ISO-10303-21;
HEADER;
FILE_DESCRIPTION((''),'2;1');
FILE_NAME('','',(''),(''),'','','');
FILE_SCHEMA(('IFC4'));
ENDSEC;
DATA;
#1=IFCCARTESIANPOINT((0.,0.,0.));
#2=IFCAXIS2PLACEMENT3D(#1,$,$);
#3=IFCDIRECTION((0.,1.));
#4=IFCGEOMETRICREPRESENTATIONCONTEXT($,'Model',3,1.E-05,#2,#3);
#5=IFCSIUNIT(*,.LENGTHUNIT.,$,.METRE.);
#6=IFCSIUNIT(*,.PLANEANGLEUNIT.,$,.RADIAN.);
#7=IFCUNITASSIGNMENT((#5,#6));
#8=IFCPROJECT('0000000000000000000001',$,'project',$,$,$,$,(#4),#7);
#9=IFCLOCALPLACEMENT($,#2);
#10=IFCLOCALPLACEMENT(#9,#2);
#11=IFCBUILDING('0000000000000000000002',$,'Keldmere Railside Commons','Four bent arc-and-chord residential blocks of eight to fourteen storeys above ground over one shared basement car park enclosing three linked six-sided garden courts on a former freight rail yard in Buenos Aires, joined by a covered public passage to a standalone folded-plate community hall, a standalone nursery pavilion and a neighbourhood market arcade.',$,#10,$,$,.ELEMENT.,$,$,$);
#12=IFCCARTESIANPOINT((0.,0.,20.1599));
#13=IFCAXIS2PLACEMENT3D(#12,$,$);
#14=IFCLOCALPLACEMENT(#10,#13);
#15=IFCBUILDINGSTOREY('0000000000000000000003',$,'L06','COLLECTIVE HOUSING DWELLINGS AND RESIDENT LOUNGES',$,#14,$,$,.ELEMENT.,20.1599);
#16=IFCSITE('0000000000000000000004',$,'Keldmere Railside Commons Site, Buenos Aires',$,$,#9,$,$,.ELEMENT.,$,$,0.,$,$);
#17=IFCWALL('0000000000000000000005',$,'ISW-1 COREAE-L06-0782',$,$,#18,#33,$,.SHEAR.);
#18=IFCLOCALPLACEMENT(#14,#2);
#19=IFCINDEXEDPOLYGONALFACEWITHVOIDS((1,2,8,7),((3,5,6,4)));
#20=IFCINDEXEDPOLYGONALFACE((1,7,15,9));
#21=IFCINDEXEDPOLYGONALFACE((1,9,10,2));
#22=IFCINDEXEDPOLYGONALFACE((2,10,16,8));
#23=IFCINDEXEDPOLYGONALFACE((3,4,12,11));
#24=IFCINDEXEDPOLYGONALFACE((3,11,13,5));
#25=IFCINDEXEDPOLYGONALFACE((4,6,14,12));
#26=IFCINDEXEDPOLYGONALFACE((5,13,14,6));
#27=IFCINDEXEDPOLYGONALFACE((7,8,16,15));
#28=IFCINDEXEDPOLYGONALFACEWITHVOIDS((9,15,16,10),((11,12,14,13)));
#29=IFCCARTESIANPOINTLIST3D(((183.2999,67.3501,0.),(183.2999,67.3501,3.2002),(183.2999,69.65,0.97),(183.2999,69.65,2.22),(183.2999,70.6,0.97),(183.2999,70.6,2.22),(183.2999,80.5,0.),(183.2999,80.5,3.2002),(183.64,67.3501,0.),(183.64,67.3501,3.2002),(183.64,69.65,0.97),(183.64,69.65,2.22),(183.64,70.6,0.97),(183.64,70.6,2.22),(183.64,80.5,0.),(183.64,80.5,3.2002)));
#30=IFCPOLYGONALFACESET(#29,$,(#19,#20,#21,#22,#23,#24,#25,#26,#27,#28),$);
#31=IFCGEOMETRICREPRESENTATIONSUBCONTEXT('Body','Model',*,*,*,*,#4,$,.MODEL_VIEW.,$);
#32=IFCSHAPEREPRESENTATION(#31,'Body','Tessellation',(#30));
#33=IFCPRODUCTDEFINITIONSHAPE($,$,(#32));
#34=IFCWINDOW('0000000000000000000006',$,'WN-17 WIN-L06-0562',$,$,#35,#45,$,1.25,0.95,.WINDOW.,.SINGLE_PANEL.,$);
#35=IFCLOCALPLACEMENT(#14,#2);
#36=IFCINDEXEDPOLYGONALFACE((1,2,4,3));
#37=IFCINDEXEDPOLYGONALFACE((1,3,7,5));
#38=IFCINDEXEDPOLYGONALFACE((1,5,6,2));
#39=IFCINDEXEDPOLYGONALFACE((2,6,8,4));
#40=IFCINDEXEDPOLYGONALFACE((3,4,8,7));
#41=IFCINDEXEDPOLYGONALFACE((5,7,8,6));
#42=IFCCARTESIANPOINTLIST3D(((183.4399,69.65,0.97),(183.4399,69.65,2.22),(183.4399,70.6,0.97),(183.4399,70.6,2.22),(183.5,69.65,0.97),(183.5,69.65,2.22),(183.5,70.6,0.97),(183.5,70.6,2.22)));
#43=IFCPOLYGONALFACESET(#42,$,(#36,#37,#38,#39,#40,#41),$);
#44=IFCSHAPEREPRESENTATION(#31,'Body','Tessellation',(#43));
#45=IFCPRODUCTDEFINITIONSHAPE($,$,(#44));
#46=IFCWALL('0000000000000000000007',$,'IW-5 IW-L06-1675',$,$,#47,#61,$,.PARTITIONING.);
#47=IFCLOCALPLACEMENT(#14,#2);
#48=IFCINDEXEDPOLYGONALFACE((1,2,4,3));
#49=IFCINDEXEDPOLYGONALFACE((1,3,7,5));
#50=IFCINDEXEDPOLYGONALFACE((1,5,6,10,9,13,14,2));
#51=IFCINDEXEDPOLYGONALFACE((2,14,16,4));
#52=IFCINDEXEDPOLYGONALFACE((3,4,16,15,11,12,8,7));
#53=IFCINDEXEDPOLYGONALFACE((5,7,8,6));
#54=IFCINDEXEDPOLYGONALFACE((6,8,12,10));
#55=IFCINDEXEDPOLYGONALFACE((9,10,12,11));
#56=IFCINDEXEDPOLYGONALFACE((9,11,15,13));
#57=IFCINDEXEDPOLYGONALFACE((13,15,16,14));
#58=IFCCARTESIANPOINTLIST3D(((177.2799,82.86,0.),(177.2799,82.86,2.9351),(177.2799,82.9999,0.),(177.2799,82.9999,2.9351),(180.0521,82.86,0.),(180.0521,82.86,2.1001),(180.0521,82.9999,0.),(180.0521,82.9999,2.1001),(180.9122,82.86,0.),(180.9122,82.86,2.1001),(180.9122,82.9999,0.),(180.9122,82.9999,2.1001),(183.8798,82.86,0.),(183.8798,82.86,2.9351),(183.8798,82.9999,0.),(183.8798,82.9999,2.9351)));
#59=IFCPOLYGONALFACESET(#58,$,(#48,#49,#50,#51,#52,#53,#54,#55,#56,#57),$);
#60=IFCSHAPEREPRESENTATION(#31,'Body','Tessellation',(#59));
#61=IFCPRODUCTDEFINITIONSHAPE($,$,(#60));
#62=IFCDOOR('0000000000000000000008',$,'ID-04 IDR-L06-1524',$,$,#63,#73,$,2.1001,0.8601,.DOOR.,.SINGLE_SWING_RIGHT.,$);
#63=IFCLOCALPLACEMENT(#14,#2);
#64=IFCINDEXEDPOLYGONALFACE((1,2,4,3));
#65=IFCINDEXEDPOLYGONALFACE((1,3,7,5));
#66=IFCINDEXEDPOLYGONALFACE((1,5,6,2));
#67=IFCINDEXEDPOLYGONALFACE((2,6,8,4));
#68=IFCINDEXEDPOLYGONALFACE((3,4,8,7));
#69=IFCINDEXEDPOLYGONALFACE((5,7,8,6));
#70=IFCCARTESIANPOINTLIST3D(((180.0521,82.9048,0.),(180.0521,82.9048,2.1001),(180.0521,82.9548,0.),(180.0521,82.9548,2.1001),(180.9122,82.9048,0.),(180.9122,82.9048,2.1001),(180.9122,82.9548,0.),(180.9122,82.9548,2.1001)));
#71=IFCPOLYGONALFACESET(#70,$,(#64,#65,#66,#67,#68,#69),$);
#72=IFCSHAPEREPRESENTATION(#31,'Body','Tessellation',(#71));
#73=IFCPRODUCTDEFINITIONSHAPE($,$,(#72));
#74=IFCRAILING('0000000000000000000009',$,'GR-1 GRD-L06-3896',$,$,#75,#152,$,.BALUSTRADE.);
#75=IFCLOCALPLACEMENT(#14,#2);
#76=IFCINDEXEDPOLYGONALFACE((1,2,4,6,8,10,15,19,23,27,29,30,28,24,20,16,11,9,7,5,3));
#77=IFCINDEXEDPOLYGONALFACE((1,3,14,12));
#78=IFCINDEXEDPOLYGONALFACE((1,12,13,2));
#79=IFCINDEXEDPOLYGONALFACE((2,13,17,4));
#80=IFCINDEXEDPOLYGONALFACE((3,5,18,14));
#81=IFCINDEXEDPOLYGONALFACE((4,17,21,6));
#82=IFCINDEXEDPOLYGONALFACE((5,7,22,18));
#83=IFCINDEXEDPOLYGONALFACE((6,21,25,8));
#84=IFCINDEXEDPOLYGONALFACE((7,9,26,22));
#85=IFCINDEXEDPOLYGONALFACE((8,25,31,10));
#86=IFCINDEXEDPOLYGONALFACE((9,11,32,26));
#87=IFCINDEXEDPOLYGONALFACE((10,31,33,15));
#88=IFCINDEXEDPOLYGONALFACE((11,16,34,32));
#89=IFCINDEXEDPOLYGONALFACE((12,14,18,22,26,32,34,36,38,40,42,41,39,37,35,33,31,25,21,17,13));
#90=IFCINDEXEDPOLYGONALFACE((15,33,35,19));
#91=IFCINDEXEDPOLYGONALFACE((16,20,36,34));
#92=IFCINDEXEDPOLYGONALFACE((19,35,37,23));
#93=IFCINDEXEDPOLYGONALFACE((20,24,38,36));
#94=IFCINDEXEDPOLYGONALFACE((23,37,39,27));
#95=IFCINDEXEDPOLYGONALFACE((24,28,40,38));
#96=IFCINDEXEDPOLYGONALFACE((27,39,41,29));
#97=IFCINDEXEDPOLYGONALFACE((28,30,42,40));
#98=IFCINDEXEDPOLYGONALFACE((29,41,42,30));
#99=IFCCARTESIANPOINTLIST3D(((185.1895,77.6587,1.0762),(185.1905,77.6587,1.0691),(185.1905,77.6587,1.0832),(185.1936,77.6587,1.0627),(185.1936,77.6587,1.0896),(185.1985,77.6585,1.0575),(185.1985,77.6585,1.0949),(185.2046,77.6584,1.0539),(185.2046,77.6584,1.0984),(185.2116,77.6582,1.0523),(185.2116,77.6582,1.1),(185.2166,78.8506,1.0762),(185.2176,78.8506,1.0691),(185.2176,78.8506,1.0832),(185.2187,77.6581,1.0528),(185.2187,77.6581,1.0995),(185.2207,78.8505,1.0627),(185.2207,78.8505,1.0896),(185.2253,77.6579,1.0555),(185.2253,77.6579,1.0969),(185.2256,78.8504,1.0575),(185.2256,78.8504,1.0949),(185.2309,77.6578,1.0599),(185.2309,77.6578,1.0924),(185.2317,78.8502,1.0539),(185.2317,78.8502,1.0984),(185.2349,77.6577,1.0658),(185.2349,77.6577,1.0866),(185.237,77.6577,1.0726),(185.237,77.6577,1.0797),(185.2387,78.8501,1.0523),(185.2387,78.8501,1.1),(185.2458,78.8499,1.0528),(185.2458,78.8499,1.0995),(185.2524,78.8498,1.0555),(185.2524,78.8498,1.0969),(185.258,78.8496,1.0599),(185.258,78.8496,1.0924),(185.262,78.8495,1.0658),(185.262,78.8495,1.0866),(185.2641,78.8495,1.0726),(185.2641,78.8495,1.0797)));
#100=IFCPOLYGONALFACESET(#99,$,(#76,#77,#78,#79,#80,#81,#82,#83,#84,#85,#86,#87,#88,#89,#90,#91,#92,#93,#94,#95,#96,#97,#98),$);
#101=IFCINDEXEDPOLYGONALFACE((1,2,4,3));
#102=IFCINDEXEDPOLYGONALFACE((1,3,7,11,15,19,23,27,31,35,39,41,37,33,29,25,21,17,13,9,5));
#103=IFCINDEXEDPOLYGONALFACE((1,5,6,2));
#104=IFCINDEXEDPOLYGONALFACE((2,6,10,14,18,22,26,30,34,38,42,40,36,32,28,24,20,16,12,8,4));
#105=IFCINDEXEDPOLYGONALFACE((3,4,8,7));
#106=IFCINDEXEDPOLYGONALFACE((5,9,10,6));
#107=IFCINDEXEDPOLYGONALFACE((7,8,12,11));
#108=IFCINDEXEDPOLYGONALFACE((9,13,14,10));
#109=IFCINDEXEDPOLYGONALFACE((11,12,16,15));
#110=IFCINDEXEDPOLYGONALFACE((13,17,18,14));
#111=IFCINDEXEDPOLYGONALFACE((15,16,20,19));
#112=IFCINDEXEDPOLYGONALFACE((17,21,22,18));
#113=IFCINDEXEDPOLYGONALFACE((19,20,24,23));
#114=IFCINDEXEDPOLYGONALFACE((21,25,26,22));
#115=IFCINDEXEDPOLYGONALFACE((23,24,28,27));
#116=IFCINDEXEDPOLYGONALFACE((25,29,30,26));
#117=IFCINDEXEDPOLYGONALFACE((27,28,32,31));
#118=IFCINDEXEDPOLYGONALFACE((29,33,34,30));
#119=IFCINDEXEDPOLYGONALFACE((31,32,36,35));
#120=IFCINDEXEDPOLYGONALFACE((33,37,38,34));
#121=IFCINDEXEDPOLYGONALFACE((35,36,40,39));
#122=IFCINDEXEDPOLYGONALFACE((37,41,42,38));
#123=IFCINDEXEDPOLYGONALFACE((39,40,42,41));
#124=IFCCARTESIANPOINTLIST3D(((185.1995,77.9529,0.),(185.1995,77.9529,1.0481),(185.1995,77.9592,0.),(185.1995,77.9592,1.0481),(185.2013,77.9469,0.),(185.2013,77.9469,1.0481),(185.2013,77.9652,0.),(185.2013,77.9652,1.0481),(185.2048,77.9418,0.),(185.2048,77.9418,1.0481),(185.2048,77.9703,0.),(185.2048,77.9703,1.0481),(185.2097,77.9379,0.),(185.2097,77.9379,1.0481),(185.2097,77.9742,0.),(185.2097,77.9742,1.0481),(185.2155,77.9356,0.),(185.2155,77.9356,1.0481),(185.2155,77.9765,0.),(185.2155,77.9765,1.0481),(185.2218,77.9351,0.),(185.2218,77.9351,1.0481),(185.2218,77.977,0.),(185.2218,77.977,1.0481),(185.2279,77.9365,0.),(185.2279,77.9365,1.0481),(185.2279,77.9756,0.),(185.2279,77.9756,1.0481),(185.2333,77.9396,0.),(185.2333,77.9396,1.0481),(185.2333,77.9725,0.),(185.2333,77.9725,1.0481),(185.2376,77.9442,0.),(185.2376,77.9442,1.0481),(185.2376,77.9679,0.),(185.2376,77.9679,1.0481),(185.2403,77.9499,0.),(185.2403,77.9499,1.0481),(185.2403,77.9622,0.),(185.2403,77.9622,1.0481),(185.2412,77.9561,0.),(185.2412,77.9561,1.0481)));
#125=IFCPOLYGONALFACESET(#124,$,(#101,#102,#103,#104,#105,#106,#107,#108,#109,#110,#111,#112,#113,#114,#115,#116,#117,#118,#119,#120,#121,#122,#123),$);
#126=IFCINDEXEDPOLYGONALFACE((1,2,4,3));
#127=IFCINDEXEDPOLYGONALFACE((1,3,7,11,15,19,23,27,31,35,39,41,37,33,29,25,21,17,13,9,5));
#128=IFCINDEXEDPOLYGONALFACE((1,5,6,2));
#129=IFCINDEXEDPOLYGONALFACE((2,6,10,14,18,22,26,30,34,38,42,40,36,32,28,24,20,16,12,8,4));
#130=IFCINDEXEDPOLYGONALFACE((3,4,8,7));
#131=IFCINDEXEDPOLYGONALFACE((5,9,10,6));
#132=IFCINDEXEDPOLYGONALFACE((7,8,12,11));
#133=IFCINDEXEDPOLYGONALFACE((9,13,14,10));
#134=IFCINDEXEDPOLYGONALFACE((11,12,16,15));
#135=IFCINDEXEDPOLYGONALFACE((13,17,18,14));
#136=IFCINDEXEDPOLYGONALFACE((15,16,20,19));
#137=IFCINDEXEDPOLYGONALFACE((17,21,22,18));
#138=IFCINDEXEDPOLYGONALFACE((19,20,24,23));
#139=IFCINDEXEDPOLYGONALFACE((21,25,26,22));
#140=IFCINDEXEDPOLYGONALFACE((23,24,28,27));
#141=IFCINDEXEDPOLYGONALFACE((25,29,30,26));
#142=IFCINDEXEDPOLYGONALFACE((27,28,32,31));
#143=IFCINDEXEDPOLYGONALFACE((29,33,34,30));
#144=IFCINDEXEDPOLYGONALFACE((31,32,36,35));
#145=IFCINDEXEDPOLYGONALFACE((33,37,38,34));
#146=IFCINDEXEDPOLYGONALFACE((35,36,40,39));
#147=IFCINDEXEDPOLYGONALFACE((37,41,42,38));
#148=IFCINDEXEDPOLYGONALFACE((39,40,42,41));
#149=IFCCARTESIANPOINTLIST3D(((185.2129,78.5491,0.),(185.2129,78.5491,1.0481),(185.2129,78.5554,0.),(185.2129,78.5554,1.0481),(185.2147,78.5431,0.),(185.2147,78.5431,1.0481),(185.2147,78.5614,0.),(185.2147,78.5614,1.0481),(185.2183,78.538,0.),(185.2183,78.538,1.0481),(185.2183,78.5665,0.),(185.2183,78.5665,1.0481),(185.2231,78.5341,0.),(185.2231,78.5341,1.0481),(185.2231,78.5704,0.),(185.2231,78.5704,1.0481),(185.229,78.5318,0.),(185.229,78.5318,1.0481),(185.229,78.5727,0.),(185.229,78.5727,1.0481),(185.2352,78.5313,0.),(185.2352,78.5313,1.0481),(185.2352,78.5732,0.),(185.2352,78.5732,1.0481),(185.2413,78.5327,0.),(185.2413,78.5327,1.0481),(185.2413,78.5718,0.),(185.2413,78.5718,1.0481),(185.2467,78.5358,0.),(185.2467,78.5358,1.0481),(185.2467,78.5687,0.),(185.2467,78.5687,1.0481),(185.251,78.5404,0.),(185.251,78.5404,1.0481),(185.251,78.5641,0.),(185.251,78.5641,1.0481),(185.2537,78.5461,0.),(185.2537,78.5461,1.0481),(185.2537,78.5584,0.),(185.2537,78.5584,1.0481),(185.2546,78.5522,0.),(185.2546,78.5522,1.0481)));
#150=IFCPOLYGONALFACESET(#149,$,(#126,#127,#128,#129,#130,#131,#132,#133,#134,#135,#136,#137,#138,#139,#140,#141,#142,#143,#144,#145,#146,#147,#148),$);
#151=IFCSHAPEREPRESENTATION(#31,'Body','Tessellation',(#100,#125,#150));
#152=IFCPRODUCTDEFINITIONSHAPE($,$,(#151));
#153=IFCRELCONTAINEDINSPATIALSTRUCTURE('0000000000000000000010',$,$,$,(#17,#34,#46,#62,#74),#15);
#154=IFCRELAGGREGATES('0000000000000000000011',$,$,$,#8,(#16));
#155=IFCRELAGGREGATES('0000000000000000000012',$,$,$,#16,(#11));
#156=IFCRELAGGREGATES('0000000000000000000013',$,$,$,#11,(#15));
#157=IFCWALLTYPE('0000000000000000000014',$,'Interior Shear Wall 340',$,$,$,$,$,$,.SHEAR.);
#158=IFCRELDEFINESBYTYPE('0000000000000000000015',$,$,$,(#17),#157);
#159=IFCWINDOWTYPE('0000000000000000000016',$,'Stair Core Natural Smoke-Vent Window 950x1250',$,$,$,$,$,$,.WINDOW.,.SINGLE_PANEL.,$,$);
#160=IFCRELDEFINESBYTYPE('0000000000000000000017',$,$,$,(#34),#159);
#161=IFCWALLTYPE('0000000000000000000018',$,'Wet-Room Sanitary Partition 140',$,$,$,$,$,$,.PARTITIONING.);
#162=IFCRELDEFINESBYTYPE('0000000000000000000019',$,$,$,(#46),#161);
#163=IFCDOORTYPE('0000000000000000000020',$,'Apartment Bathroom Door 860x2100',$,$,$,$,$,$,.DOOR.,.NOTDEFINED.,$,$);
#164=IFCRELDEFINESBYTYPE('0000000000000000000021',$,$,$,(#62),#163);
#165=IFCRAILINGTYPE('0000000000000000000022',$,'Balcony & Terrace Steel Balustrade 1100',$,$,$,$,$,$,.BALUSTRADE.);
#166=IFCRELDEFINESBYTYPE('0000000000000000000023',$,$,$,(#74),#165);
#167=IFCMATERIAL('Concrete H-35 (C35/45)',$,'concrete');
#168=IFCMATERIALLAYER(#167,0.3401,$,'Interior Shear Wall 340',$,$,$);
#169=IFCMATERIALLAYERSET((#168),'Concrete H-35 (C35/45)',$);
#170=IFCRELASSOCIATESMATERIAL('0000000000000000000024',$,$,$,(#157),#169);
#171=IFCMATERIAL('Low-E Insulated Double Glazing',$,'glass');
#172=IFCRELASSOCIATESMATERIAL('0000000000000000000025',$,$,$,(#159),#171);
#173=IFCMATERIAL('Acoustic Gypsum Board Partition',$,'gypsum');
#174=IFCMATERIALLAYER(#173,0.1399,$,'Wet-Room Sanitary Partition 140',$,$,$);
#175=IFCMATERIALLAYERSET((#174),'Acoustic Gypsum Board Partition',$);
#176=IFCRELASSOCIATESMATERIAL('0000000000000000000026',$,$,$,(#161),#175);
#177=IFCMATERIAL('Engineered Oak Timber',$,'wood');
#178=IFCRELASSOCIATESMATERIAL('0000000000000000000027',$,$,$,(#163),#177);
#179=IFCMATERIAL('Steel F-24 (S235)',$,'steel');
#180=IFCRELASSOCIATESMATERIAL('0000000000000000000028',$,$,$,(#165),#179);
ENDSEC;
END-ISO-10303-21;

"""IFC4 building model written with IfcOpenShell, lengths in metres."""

from ifc_helpers import new_model, si_unit, direction, frame, frame_2d, origin, origin_2d, place, context, subcontext, project, spatial, rectangle, circle, extrude, material, layer, layer_set, type_object, element, fill, save


model = new_model("IFC4")

# Units and contexts
model_context = context("Model", 3, precision=1e-05, world=origin(), true_north=direction((0.0, 1.0)))
body_context = subcontext(model_context, "Body", "Model", "MODEL_VIEW")
ifc_project = project(units=[si_unit("LENGTHUNIT", "METRE"), si_unit("PLANEANGLEUNIT", "RADIAN")], contexts=[model_context])

# Site, building, storey
site_placement = place(None, origin())
site = spatial("IfcSite", under=ifc_project, at=site_placement, Name="Keldmere Railside Commons Site, Buenos Aires", CompositionType="ELEMENT", RefElevation=0.0)
building_placement = place(site_placement, origin())
building = spatial("IfcBuilding", under=site, at=building_placement, Name="Keldmere Railside Commons", Description="Four bent arc-and-chord residential blocks of eight to fourteen storeys above ground over one shared basement car park enclosing three linked six-sided garden courts on a former freight rail yard in Buenos Aires, joined by a covered public passage to a standalone folded-plate community hall, a standalone nursery pavilion and a neighbourhood market arcade.", CompositionType="ELEMENT")
storey_placement = place(building_placement, frame((0.0, 0.0, 20.1599)))
storey = spatial("IfcBuildingStorey", under=building, at=storey_placement, Name="L06", Description="COLLECTIVE HOUSING DWELLINGS AND RESIDENT LOUNGES", CompositionType="ELEMENT", Elevation=20.1599)

# Shared definitions
ifc_material_1 = material(Name="Concrete H-35 (C35/45)", Category="concrete")

# Shared definitions
ifc_material_2 = material(Name="Acoustic Gypsum Board Partition", Category="gypsum")

# Shared definitions
ifc_material_3 = material(Name="Engineered Oak Timber", Category="wood")

# Wall, opening, window
ifc_layer_1 = layer(ifc_material_1, 0.3401, Name="Interior Shear Wall 340")
ifc_layer_set_1 = layer_set([ifc_layer_1], Name="Concrete H-35 (C35/45)")
wall_type_1 = type_object("IfcWallType", Name="Interior Shear Wall 340", PredefinedType="SHEAR", material=ifc_layer_set_1)
wall_1_placement = place(storey_placement, frame((183.47, 80.5, 0.0), z_axis=(0.0, 0.0, 1.0), x_axis=(0.0, -1.0, 0.0)))
wall_1 = element("IfcWall", 1, at=wall_1_placement, inside=storey, type_object=wall_type_1, Name="ISW-1 COREAE-L06-0782", PredefinedType="SHEAR", context=body_context, shape_type="SweptSolid", body=[
    extrude(rectangle(XDim=13.1499, YDim=0.3401, at=frame_2d((6.575, 0.0))), origin(), (0.0, 0.0, 1.0), 3.2002),
])
opening_1_placement = place(wall_1_placement, frame((9.8999, 0.0, 0.97)))
opening_1 = element("IfcOpeningElement", 2, at=opening_1_placement, cuts=wall_1, PredefinedType="OPENING", context=body_context, shape_type="SweptSolid", body=[
    extrude(rectangle(XDim=0.95, YDim=1.25, at=frame_2d((0.4751, 0.625))), frame((0.0, 0.1799, 0.0), z_axis=(0.0, -1.0, 0.0), x_axis=(1.0, 0.0, 0.0)), (0.0, 0.0, 1.0), 0.3601),
])
ifc_material_4 = material(Name="Low-E Insulated Double Glazing", Category="glass")
window_type = type_object("IfcWindowType", Name="Stair Core Natural Smoke-Vent Window 950x1250", PartitioningType="SINGLE_PANEL", PredefinedType="WINDOW", material=ifc_material_4)
window_placement = place(opening_1_placement, origin())
window = element("IfcWindow", 3, at=window_placement, inside=storey, type_object=window_type, Name="WN-17 WIN-L06-0562", OverallHeight=1.25, OverallWidth=0.95, PartitioningType="SINGLE_PANEL", PredefinedType="WINDOW", context=body_context, shape_type="SweptSolid", body=[
    extrude(rectangle(XDim=0.95, YDim=1.25, at=frame_2d((0.4751, 0.625))), frame((0.0, 0.03, 0.0), z_axis=(0.0, -1.0, 0.0), x_axis=(1.0, 0.0, 0.0)), (0.0, 0.0, 1.0), 0.0601),
])
fill(opening_1, window)

# Wall, opening, door
ifc_layer_2 = layer(ifc_material_2, 0.1399, Name="Wet-Room Sanitary Partition 140")
ifc_layer_set_2 = layer_set([ifc_layer_2], Name="Acoustic Gypsum Board Partition")
wall_type_2 = type_object("IfcWallType", Name="Wet-Room Sanitary Partition 140", PredefinedType="PARTITIONING", material=ifc_layer_set_2)
wall_2_placement = place(storey_placement, frame((177.28, 82.9299, 0.0), z_axis=(0.0, 0.0, 1.0), x_axis=(1.0, 0.0, 0.0)))
wall_2 = element("IfcWall", 4, at=wall_2_placement, inside=storey, type_object=wall_type_2, Name="IW-5 IW-L06-1675", PredefinedType="PARTITIONING", context=body_context, shape_type="SweptSolid", body=[
    extrude(rectangle(XDim=6.5999, YDim=0.1399, at=frame_2d((3.2998, 0.0))), origin(), (0.0, 0.0, 1.0), 2.9351),
])
opening_2_placement = place(wall_2_placement, frame((2.772, 0.0, 0.0)))
opening_2 = element("IfcOpeningElement", 5, at=opening_2_placement, cuts=wall_2, PredefinedType="OPENING", context=body_context, shape_type="SweptSolid", body=[
    extrude(rectangle(XDim=0.8601, YDim=2.1001, at=frame_2d((0.4302, 1.05))), frame((0.0, 0.0798, 0.0), z_axis=(0.0, -1.0, 0.0), x_axis=(1.0, 0.0, 0.0)), (0.0, 0.0, 1.0), 0.1599),
])
door_type_1 = type_object("IfcDoorType", Name="Apartment Bathroom Door 860x2100", OperationType="NOTDEFINED", PredefinedType="DOOR", material=ifc_material_3)
door_1_placement = place(opening_2_placement, origin())
door_1 = element("IfcDoor", 6, at=door_1_placement, inside=storey, type_object=door_type_1, Name="ID-04 IDR-L06-1524", OperationType="SINGLE_SWING_RIGHT", OverallHeight=2.1001, OverallWidth=0.8601, PredefinedType="DOOR", context=body_context, shape_type="SweptSolid", body=[
    extrude(rectangle(XDim=0.8601, YDim=2.1001, at=frame_2d((0.4302, 1.05))), frame((0.0, 0.0249, 0.0), z_axis=(0.0, -1.0, 0.0), x_axis=(1.0, 0.0, 0.0)), (0.0, 0.0, 1.0), 0.05),
])
fill(opening_2, door_1)

# Railing
ifc_material_5 = material(Name="Steel F-24 (S235)", Category="steel")
railing_type = type_object("IfcRailingType", Name="Balcony & Terrace Steel Balustrade 1100", PredefinedType="BALUSTRADE", material=ifc_material_5)
railing_1_placement = place(storey_placement, frame((185.2134, 77.6582, 0.0)))
element("IfcRailing", 7, at=railing_1_placement, inside=storey, type_object=railing_type, Name="GR-1 GRD-L06-3896", PredefinedType="BALUSTRADE", context=body_context, shape_type="SweptSolid", body=[
    extrude(circle(Radius=0.0239, at=origin_2d()), frame((0.0, 0.0, 1.0762), z_axis=(0.022731, 0.999742, 0.0), x_axis=(-0.999742, 0.022731, 0.0)), (0.0, 0.0, 1.0), 1.1921),
    extrude(circle(Radius=0.021, at=origin_2d()), frame((0.0068, 0.2979, 0.0)), (0.0, 0.0, 1.0), 1.0481),
    extrude(circle(Radius=0.021, at=origin_2d()), frame((0.0203, 0.894, 0.0)), (0.0, 0.0, 1.0), 1.0481),
])

save(model, "model.ifc")
